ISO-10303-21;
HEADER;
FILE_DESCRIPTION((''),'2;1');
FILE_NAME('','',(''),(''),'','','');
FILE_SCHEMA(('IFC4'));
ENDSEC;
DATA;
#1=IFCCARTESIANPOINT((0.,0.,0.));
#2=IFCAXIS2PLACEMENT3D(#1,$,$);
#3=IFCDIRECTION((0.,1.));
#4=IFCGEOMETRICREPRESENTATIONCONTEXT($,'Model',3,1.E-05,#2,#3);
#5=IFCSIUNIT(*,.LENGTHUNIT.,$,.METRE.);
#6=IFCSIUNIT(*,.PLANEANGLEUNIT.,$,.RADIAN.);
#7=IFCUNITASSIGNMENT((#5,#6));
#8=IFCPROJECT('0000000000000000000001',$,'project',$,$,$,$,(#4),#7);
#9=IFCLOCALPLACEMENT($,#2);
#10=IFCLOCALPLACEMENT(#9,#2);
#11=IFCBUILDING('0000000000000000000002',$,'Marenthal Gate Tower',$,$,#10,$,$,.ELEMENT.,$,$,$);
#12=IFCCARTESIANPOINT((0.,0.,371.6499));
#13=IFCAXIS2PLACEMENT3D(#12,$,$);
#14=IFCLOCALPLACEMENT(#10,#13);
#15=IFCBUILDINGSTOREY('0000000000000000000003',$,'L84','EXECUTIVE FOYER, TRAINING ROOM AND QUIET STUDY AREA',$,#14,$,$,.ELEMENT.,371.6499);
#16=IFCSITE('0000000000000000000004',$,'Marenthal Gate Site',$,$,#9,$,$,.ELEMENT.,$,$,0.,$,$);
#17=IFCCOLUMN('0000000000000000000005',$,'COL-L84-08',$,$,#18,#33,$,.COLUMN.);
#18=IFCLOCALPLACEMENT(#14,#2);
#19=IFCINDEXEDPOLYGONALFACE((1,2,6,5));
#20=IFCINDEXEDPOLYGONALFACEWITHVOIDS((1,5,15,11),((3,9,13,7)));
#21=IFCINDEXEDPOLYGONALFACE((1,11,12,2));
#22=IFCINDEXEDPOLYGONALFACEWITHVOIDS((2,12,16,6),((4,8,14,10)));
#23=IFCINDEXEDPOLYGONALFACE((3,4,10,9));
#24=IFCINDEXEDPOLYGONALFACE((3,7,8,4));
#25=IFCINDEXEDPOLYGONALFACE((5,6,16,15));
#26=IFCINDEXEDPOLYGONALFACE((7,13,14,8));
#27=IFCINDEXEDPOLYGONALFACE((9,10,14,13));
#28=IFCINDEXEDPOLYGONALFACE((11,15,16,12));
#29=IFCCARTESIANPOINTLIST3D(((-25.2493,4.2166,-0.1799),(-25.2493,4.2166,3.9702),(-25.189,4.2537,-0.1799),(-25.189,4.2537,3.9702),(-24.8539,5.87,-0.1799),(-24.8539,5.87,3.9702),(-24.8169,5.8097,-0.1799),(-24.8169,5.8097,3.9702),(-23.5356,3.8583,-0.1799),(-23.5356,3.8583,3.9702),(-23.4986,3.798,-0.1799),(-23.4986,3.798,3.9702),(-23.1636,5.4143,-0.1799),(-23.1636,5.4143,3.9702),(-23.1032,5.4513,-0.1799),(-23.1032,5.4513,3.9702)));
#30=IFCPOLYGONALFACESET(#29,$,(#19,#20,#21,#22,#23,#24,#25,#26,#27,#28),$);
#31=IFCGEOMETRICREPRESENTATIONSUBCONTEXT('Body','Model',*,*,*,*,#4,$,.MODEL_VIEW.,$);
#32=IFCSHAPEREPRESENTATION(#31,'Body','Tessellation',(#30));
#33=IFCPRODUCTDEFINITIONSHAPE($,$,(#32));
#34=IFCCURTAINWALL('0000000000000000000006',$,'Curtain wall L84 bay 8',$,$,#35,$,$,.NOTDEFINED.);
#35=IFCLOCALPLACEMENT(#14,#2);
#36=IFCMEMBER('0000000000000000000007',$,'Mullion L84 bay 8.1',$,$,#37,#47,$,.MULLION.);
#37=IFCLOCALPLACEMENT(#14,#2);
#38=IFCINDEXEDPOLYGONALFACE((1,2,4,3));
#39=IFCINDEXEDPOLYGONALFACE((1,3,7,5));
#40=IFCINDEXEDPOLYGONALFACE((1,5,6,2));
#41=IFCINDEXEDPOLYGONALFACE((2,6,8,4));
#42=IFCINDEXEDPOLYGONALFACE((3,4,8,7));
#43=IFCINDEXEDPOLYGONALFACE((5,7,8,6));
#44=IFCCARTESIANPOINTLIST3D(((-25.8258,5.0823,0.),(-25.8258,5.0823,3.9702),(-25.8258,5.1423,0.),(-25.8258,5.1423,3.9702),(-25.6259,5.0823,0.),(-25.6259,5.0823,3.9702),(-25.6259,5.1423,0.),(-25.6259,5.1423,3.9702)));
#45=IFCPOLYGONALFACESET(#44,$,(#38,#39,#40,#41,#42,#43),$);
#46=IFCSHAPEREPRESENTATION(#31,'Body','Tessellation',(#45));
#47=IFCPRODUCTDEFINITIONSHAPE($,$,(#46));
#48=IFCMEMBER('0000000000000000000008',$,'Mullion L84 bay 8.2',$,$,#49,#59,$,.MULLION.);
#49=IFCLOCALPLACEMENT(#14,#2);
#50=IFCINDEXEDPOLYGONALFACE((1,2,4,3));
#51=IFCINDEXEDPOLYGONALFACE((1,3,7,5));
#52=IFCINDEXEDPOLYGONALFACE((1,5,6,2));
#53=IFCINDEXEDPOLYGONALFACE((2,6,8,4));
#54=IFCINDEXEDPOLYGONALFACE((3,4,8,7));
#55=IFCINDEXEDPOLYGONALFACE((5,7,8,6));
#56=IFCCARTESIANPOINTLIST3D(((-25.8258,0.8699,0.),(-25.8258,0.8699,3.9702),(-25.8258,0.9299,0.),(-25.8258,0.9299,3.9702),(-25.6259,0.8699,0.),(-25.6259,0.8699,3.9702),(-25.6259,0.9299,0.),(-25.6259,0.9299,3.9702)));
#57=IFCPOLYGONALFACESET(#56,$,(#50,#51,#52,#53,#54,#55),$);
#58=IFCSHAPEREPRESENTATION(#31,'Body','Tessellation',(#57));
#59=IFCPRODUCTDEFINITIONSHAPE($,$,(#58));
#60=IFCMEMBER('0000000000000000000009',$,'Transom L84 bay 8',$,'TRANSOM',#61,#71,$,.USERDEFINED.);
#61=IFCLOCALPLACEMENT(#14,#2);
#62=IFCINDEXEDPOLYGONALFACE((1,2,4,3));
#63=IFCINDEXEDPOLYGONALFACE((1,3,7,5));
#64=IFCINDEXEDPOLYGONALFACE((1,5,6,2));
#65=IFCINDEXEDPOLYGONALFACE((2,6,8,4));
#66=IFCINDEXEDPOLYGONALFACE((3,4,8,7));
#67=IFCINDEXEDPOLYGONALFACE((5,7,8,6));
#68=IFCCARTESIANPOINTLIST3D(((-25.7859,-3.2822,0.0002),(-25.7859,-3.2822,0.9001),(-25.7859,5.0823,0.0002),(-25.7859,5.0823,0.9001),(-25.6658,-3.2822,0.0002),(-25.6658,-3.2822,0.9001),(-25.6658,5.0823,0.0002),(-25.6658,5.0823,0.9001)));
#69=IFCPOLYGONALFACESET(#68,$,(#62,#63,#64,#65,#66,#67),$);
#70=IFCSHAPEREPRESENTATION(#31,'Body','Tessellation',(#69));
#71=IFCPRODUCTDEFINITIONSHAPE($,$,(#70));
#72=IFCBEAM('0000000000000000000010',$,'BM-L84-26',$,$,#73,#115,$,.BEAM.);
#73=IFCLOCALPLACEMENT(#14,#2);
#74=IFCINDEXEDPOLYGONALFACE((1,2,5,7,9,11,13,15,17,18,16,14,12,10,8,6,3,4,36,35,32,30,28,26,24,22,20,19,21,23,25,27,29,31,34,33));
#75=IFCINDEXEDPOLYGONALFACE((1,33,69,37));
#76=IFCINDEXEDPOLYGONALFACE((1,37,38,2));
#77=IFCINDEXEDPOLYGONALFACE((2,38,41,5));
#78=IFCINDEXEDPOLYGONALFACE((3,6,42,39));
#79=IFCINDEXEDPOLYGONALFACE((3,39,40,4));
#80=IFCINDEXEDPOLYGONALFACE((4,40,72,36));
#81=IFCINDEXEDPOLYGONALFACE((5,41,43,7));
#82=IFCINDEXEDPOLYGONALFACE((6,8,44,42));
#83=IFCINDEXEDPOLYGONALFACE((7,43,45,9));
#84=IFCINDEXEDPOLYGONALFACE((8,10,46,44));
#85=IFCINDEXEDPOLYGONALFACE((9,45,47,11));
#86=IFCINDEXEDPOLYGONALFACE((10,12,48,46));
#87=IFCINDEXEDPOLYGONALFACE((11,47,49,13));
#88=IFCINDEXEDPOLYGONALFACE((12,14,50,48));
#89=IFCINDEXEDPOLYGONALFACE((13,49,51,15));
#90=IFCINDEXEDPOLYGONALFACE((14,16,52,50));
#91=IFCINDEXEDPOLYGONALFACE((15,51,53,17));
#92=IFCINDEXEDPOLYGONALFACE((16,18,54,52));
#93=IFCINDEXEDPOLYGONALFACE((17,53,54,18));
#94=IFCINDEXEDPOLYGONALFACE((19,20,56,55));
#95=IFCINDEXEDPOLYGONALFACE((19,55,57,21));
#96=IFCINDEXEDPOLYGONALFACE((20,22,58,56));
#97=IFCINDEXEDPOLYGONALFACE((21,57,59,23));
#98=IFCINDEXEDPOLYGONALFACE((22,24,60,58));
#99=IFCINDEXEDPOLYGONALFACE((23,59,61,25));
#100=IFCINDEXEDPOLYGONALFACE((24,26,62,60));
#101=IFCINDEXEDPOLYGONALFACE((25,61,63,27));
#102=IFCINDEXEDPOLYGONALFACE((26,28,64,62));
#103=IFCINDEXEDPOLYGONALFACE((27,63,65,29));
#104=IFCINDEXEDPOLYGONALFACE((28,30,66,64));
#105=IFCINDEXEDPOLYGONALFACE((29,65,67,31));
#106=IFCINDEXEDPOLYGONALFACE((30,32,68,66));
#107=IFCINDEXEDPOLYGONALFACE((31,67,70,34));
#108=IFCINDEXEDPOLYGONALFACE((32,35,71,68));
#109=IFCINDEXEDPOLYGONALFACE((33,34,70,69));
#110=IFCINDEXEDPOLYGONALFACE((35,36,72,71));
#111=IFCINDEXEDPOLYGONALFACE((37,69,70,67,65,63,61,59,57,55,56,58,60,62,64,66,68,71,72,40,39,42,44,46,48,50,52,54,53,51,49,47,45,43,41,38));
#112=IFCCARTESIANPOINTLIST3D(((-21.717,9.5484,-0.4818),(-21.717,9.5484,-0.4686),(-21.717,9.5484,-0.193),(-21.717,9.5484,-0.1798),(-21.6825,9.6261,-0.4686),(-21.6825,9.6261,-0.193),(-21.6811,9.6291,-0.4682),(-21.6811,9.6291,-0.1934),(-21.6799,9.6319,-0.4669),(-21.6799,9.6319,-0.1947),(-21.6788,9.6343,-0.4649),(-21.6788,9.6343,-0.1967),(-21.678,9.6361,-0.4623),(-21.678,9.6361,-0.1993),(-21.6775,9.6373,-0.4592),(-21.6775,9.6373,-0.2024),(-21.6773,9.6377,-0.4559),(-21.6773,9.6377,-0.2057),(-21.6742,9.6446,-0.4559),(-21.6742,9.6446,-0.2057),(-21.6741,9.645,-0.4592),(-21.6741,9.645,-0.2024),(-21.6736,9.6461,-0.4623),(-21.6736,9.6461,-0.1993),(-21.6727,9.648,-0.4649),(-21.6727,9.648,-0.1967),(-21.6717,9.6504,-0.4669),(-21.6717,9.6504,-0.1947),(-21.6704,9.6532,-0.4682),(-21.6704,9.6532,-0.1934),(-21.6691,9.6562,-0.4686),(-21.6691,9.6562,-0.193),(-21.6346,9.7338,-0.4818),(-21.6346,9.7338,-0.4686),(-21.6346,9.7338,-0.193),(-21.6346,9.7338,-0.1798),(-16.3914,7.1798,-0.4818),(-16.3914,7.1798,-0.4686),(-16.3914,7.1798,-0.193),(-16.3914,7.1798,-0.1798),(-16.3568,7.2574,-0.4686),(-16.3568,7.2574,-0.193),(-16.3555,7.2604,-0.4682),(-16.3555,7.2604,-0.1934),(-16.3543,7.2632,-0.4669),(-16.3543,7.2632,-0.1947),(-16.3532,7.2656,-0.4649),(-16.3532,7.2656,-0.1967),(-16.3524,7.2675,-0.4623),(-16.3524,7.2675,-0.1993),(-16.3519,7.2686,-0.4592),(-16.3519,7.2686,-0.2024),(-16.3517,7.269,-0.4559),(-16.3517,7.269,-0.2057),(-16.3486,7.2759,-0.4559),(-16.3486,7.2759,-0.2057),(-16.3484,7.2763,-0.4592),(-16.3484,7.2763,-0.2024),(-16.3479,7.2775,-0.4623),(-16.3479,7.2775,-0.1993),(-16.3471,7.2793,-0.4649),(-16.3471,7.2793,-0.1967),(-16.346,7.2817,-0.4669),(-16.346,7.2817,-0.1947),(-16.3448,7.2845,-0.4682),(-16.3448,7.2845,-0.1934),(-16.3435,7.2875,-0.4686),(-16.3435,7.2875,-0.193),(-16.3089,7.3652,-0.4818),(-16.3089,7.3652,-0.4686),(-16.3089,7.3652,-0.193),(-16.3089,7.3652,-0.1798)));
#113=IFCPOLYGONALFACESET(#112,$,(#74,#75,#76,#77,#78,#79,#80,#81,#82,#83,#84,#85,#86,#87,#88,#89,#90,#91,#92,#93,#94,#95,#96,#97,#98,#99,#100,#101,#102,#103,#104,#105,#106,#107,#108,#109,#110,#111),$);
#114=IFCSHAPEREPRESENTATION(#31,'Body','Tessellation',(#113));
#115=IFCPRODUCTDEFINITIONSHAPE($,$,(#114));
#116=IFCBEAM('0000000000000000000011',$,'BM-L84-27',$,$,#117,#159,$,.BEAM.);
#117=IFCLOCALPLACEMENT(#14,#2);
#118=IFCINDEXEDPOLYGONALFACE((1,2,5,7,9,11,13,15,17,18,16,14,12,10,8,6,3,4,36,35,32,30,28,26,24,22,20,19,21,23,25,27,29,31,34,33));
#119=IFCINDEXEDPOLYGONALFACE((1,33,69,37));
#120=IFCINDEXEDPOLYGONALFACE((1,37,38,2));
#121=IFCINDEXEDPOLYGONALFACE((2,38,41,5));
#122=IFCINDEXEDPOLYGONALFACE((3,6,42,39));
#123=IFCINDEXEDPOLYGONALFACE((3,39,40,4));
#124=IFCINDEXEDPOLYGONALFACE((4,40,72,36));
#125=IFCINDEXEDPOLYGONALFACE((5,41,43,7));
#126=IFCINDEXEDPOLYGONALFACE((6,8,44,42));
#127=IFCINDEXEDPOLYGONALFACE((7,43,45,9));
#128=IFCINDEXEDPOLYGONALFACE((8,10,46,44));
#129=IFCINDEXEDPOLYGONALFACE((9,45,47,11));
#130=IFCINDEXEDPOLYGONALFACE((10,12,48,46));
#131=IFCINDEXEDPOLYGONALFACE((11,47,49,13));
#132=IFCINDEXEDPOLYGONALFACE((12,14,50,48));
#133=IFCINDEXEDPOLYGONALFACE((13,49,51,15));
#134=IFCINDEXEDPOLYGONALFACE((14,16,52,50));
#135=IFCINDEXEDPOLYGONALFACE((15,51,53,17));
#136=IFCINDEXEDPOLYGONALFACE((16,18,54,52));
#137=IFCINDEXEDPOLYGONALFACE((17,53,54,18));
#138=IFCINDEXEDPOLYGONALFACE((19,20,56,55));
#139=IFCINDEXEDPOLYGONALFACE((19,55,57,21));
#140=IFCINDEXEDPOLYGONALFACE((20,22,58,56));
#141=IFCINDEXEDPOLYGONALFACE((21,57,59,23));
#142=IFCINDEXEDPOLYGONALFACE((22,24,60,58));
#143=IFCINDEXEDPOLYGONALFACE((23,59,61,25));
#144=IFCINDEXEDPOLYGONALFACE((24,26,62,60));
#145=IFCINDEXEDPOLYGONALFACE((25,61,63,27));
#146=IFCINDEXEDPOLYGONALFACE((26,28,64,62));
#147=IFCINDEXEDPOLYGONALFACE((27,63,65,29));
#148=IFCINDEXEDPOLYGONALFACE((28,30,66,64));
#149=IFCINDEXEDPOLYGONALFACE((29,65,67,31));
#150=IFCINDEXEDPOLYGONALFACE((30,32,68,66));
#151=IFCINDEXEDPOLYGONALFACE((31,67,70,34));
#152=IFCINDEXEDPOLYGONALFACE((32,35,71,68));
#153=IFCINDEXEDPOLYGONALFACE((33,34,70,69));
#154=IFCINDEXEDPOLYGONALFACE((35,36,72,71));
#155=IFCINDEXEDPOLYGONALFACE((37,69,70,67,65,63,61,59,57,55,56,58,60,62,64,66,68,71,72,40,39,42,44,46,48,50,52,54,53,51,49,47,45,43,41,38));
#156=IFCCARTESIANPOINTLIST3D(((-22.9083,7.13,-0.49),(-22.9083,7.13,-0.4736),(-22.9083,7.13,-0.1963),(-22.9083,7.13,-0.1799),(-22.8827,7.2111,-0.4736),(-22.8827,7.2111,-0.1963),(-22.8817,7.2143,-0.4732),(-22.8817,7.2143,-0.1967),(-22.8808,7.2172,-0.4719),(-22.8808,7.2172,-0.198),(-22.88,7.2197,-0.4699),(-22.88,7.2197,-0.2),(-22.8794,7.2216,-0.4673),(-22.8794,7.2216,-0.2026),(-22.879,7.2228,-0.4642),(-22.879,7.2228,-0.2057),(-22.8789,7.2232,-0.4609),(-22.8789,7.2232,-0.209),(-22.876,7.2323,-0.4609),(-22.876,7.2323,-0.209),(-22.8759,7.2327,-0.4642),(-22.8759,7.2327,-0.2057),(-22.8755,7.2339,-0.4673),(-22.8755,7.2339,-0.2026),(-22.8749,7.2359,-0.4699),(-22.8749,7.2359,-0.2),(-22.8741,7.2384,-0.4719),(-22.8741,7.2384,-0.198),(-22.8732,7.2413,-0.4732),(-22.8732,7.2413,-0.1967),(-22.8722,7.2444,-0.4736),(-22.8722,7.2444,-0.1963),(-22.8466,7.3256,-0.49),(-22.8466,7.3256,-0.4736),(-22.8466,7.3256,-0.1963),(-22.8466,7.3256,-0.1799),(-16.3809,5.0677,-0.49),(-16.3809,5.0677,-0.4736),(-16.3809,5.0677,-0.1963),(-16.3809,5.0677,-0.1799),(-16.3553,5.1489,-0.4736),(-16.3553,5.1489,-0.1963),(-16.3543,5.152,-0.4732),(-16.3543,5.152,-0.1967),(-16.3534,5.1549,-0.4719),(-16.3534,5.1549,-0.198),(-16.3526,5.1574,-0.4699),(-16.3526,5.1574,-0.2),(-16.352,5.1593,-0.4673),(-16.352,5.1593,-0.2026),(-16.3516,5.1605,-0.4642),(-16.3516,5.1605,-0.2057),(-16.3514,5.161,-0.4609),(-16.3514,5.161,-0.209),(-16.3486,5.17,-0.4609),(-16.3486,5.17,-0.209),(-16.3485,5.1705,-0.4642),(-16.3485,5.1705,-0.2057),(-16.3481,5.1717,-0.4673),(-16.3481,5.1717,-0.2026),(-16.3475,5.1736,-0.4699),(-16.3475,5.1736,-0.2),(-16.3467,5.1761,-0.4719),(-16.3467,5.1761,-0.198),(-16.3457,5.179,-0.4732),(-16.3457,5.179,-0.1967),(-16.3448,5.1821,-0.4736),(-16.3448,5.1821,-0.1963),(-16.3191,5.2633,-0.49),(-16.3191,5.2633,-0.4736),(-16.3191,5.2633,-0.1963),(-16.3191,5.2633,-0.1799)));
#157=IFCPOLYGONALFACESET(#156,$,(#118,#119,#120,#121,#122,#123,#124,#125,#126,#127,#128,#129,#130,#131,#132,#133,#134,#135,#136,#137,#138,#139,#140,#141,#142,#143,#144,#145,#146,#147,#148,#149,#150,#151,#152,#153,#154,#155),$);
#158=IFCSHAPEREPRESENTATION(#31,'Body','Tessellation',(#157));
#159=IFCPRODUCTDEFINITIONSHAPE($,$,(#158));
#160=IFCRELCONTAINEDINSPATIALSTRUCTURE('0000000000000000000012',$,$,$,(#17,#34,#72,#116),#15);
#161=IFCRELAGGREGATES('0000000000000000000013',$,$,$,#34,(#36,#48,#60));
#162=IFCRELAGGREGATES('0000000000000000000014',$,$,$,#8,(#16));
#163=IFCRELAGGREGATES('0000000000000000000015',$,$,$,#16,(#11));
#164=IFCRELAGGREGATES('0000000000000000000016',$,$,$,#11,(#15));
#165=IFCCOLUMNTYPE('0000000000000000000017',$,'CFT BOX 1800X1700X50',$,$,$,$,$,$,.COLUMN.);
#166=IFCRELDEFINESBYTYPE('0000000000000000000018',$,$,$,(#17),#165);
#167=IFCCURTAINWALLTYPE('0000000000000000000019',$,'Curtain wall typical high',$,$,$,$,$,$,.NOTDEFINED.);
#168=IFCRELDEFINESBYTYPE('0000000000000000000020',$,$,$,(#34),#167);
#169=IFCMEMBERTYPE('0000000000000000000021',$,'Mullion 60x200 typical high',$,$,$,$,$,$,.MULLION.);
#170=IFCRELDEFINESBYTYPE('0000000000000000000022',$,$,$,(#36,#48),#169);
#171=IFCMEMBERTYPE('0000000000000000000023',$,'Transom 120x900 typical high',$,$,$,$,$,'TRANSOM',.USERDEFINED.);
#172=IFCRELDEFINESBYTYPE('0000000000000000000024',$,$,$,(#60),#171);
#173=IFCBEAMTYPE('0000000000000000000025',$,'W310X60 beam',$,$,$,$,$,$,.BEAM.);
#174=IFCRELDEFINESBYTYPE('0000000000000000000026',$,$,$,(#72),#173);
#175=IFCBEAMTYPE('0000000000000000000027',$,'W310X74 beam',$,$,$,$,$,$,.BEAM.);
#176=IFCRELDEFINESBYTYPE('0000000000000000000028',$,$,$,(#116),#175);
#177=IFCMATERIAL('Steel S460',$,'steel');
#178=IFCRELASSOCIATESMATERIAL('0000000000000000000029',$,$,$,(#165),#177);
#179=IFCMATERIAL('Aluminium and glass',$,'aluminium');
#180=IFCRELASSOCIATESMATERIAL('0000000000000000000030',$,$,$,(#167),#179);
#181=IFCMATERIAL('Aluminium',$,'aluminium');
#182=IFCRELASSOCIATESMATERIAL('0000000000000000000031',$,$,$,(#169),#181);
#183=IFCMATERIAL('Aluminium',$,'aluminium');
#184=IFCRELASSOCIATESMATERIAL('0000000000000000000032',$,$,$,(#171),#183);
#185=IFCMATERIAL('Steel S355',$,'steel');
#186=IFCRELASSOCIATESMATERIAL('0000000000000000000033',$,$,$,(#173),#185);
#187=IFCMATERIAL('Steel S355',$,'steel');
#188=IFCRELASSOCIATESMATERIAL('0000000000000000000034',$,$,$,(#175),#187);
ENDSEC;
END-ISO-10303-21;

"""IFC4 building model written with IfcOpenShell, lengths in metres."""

from ifc_helpers import new_model, si_unit, direction, frame, origin, origin_2d, place, context, subcontext, project, spatial, rectangle, hollow_rectangle, i_section, extrude, material, material_profile, profile_set, type_object, element, aggregate, save


model = new_model("IFC4")

# Units and contexts
model_context = context("Model", 3, precision=1e-05, world=origin(), true_north=direction((0.0, 1.0)))
body_context = subcontext(model_context, "Body", "Model", "MODEL_VIEW")
ifc_project = project(units=[si_unit("LENGTHUNIT", "METRE"), si_unit("PLANEANGLEUNIT", "RADIAN")], contexts=[model_context])

# Site, building, storey
site_placement = place(None, origin())
site = spatial("IfcSite", under=ifc_project, at=site_placement, Name="Marenthal Gate Site", CompositionType="ELEMENT", RefElevation=0.0)
building_placement = place(site_placement, origin())
building = spatial("IfcBuilding", under=site, at=building_placement, Name="Marenthal Gate Tower", CompositionType="ELEMENT")
storey_placement = place(building_placement, frame((0.0, 0.0, 371.6499)))
storey = spatial("IfcBuildingStorey", under=building, at=storey_placement, Name="L84", Description="EXECUTIVE FOYER, TRAINING ROOM AND QUIET STUDY AREA", CompositionType="ELEMENT", Elevation=371.6499)

# Column
ifc_material_1 = material(Name="Steel S460", Category="steel")
ifc_material_profile_1 = material_profile(ifc_material_1, hollow_rectangle(XDim=1.7, YDim=1.8, WallThickness=0.05, at=origin_2d()), Name="CFT BOX 1800X1700X50")
ifc_material_2 = material(Name="Concrete 70 MPa", Category="concrete")
ifc_material_profile_2 = material_profile(ifc_material_2, rectangle(XDim=1.6001, YDim=1.7, at=origin_2d()), Name="CFT BOX 1800X1700X50 INFILL")
ifc_profile_set_1 = profile_set([ifc_material_profile_1, ifc_material_profile_2], Name="Steel S460 shell, Concrete 70 MPa infill")
column_type = type_object("IfcColumnType", Name="CFT BOX 1800X1700X50", PredefinedType="COLUMN", material=ifc_profile_set_1)
column_placement = place(storey_placement, frame((-24.1763, 4.834, -0.1799), z_axis=(0.0, 0.0, 1.0), x_axis=(0.232571, 0.972579, 0.0)))
element("IfcColumn", 1, at=column_placement, inside=storey, type_object=column_type, Name="COL-L84-08", PredefinedType="COLUMN", context=body_context, shape_type="SweptSolid", body=[
    extrude(hollow_rectangle(XDim=1.7, YDim=1.8, WallThickness=0.05, at=origin_2d()), origin(), (0.0, 0.0, 1.0), 4.1501),
])

# Curtain wall, members
ifc_material_3 = material(Name="Aluminium and glass", Category="aluminium")
curtain_wall_type = type_object("IfcCurtainWallType", Name="Curtain wall typical high", PredefinedType="NOTDEFINED", material=ifc_material_3)
curtain_wall_placement = place(storey_placement, origin())
curtain_wall = element("IfcCurtainWall", 2, at=curtain_wall_placement, inside=storey, type_object=curtain_wall_type, Name="Curtain wall L84 bay 8", PredefinedType="NOTDEFINED")
ifc_material_4 = material(Name="Aluminium", Category="aluminium")
ifc_material_profile_3 = material_profile(ifc_material_4, rectangle(XDim=0.2, YDim=0.0601, at=origin_2d()), Name="60x200 aluminium mullion")
ifc_profile_set_2 = profile_set([ifc_material_profile_3], Name="Aluminium")
member_type_1 = type_object("IfcMemberType", Name="Mullion 60x200 typical high", PredefinedType="MULLION", material=ifc_profile_set_2)
member_1_placement = place(storey_placement, frame((-25.7258, 5.1123, 0.0), z_axis=(0.0, 0.0, 1.0), x_axis=(1.0, 0.0, 0.0)))
member_1 = element("IfcMember", 3, at=member_1_placement, type_object=member_type_1, Name="Mullion L84 bay 8.1", PredefinedType="MULLION", context=body_context, shape_type="SweptSolid", body=[
    extrude(rectangle(XDim=0.2, YDim=0.0601, at=origin_2d()), origin(), (0.0, 0.0, 1.0), 3.9702),
])
member_2_placement = place(storey_placement, frame((-25.7258, 0.8999, 0.0), z_axis=(0.0, 0.0, 1.0), x_axis=(1.0, 0.0, 0.0)))
member_2 = element("IfcMember", 4, at=member_2_placement, type_object=member_type_1, Name="Mullion L84 bay 8.2", PredefinedType="MULLION", context=body_context, shape_type="SweptSolid", body=[
    extrude(rectangle(XDim=0.2, YDim=0.0601, at=origin_2d()), origin(), (0.0, 0.0, 1.0), 3.9702),
])
ifc_material_5 = material(Name="Aluminium", Category="aluminium")
ifc_material_profile_4 = material_profile(ifc_material_5, rectangle(XDim=0.1201, YDim=0.8999, at=origin_2d()), Name="120x900 aluminium transom")
ifc_profile_set_3 = profile_set([ifc_material_profile_4], Name="Aluminium")
member_type_2 = type_object("IfcMemberType", Name="Transom 120x900 typical high", ElementType="TRANSOM", PredefinedType="USERDEFINED", material=ifc_profile_set_3)
member_3_placement = place(storey_placement, frame((-25.7258, 5.0823, 0.4502), z_axis=(0.0, -1.0, 0.0), x_axis=(1.0, 0.0, 0.0)))
member_3 = element("IfcMember", 5, at=member_3_placement, type_object=member_type_2, Name="Transom L84 bay 8", ObjectType="TRANSOM", PredefinedType="USERDEFINED", context=body_context, shape_type="SweptSolid", body=[
    extrude(rectangle(XDim=0.1201, YDim=0.8999, at=origin_2d()), origin(), (0.0, 0.0, 1.0), 8.3645),
])

# Beams
ifc_material_6 = material(Name="Steel S355", Category="steel")
ifc_material_profile_5 = material_profile(ifc_material_6, i_section(OverallWidth=0.2029, OverallDepth=0.302, WebThickness=0.0076, FlangeThickness=0.0132, FilletRadius=0.0127, at=origin_2d()), Name="W310X60")
ifc_profile_set_4 = profile_set([ifc_material_profile_5], Name="Steel S355")
beam_type_1 = type_object("IfcBeamType", Name="W310X60 beam", PredefinedType="BEAM", material=ifc_profile_set_4)
beam_1_placement = place(storey_placement, frame((-21.6758, 9.6411, -0.3308), z_axis=(0.913704, -0.406379, 0.0), x_axis=(0.406379, 0.913704, 0.0)))
element("IfcBeam", 6, at=beam_1_placement, inside=storey, type_object=beam_type_1, Name="BM-L84-26", PredefinedType="BEAM", context=body_context, shape_type="SweptSolid", body=[
    extrude(i_section(OverallWidth=0.2029, OverallDepth=0.302, WebThickness=0.0076, FlangeThickness=0.0132, FilletRadius=0.0127, at=origin_2d()), origin(), (0.0, 0.0, 1.0), 5.8286),
])
ifc_material_7 = material(Name="Steel S355", Category="steel")
ifc_material_profile_6 = material_profile(ifc_material_7, i_section(OverallWidth=0.2051, OverallDepth=0.3101, WebThickness=0.0095, FlangeThickness=0.0164, FilletRadius=0.0127, at=origin_2d()), Name="W310X74")
ifc_profile_set_5 = profile_set([ifc_material_profile_6], Name="Steel S355")
beam_type_2 = type_object("IfcBeamType", Name="W310X74 beam", PredefinedType="BEAM", material=ifc_profile_set_5)
beam_2_placement = place(storey_placement, frame((-22.8774, 7.2278, -0.335), z_axis=(0.953541, -0.301263, 0.0), x_axis=(0.301263, 0.953541, 0.0)))
element("IfcBeam", 7, at=beam_2_placement, inside=storey, type_object=beam_type_2, Name="BM-L84-27", PredefinedType="BEAM", context=body_context, shape_type="SweptSolid", body=[
    extrude(i_section(OverallWidth=0.2051, OverallDepth=0.3101, WebThickness=0.0095, FlangeThickness=0.0164, FilletRadius=0.0127, at=origin_2d()), origin(), (0.0, 0.0, 1.0), 6.8455),
])

aggregate(curtain_wall, [member_1, member_2, member_3])

save(model, "model.ifc")
